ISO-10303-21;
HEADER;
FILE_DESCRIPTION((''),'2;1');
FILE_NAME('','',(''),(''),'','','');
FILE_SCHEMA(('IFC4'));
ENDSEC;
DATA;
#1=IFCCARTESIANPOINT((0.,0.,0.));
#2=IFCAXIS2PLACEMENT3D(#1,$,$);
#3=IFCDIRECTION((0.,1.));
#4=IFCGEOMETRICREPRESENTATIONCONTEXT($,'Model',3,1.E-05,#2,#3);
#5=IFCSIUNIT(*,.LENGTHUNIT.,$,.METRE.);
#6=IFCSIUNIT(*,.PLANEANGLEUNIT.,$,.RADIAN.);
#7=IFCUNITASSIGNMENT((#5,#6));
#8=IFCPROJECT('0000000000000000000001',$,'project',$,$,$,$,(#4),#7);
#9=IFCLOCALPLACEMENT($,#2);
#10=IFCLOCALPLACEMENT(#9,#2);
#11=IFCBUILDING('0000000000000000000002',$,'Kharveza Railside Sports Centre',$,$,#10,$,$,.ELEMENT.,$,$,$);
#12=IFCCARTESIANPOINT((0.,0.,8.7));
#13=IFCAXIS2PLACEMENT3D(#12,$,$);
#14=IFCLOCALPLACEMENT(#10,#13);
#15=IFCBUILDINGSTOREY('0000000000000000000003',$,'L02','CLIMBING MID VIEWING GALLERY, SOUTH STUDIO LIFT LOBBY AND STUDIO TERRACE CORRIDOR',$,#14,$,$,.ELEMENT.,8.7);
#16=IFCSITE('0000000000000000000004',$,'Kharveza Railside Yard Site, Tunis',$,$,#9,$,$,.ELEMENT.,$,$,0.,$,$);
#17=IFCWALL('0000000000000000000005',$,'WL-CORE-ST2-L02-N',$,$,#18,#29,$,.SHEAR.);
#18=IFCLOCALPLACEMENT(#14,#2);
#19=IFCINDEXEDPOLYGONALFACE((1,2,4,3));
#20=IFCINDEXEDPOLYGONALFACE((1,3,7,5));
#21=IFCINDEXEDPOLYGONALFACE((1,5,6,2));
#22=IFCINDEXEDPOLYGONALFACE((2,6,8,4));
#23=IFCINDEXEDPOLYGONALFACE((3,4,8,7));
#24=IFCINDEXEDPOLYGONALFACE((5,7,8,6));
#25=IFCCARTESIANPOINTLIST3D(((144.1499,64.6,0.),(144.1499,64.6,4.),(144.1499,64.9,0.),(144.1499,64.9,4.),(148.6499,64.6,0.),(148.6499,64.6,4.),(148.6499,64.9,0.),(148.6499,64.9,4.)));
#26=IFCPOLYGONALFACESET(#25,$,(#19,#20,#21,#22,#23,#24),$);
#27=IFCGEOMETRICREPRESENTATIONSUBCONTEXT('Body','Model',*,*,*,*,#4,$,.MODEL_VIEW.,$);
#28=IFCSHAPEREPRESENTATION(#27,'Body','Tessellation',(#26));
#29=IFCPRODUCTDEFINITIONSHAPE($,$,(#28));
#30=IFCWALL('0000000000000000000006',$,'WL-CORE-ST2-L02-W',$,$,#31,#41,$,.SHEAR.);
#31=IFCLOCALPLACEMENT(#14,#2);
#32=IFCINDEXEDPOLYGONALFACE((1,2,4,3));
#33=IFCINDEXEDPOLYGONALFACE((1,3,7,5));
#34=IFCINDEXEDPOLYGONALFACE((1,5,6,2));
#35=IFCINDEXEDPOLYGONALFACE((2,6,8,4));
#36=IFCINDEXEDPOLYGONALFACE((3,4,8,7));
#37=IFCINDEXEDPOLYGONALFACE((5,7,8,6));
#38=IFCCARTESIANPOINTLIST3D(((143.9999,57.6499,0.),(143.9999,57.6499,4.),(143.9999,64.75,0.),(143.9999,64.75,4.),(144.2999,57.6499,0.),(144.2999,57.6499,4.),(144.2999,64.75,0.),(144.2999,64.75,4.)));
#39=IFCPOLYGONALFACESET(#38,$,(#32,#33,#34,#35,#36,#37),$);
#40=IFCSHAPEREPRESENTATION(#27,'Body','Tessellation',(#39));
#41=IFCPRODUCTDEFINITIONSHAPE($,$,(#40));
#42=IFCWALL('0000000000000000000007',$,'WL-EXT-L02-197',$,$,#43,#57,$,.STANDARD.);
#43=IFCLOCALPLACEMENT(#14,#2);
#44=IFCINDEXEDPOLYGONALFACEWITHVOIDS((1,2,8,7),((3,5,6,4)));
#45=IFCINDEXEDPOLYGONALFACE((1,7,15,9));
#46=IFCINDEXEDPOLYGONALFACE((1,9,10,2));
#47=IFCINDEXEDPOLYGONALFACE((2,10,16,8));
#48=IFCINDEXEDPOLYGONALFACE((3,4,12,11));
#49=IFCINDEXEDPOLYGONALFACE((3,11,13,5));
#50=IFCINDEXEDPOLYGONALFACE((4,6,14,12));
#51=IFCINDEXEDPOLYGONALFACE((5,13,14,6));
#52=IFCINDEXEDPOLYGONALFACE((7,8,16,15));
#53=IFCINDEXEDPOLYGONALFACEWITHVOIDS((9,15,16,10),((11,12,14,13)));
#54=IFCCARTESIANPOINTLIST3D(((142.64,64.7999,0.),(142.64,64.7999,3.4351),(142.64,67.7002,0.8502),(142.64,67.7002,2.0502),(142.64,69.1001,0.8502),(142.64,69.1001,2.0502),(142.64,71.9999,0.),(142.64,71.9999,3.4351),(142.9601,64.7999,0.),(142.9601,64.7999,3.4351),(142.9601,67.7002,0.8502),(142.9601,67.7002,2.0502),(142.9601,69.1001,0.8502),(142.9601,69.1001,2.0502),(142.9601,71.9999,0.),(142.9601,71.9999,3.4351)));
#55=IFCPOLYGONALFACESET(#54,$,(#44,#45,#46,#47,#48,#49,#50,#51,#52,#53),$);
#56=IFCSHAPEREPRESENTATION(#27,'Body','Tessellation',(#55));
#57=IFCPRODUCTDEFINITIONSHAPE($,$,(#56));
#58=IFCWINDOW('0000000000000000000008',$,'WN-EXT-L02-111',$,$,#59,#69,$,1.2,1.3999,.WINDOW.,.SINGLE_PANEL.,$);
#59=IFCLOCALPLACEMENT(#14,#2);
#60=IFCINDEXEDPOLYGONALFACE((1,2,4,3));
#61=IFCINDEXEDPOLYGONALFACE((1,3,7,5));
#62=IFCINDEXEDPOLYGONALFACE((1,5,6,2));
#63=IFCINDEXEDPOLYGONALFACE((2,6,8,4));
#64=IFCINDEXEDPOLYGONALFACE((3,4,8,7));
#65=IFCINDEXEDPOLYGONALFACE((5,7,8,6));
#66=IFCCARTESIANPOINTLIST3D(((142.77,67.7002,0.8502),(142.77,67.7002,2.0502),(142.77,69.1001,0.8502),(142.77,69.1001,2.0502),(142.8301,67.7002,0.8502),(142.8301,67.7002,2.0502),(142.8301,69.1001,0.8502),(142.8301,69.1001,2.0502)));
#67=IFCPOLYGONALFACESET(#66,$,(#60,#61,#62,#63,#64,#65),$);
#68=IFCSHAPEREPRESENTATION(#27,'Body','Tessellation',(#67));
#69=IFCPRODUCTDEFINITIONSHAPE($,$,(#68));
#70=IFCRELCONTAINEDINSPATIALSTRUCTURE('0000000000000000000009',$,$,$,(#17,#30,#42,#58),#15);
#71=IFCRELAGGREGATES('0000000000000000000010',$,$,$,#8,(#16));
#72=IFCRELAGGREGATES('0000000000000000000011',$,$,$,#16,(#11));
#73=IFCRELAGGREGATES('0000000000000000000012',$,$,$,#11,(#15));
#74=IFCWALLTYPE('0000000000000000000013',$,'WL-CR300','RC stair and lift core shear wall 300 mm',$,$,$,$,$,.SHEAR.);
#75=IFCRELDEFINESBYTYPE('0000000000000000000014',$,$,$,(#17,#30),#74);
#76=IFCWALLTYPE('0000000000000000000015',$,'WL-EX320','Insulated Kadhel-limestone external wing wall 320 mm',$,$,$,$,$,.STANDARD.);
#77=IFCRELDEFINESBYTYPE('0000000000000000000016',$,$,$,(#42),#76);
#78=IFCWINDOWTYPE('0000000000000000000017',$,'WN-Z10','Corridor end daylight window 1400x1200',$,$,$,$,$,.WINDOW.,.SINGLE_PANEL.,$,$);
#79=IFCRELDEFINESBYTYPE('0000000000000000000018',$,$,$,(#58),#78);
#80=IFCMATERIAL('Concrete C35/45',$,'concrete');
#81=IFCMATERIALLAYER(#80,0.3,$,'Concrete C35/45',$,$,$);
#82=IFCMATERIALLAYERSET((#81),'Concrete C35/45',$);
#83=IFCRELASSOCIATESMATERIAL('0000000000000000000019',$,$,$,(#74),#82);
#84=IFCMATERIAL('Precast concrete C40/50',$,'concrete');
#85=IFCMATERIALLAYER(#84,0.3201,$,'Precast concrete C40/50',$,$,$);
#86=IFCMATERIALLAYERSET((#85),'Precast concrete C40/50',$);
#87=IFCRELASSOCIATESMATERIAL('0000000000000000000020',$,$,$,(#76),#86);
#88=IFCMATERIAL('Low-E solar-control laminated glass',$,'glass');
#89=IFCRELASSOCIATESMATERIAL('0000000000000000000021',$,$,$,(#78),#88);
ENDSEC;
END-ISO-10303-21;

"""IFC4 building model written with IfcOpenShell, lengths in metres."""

from ifc_helpers import new_model, si_unit, direction, frame, frame_2d, origin, place, context, subcontext, project, spatial, rectangle, extrude, material, layer, layer_set, type_object, element, fill, save


model = new_model("IFC4")

# Units and contexts
model_context = context("Model", 3, precision=1e-05, world=origin(), true_north=direction((0.0, 1.0)))
body_context = subcontext(model_context, "Body", "Model", "MODEL_VIEW")
ifc_project = project(units=[si_unit("LENGTHUNIT", "METRE"), si_unit("PLANEANGLEUNIT", "RADIAN")], contexts=[model_context])

# Site, building, storey
site_placement = place(None, origin())
site = spatial("IfcSite", under=ifc_project, at=site_placement, Name="Kharveza Railside Yard Site, Tunis", CompositionType="ELEMENT", RefElevation=0.0)
building_placement = place(site_placement, origin())
building = spatial("IfcBuilding", under=site, at=building_placement, Name="Kharveza Railside Sports Centre", CompositionType="ELEMENT")
storey_placement = place(building_placement, frame((0.0, 0.0, 8.7)))
storey = spatial("IfcBuildingStorey", under=building, at=storey_placement, Name="L02", Description="CLIMBING MID VIEWING GALLERY, SOUTH STUDIO LIFT LOBBY AND STUDIO TERRACE CORRIDOR", CompositionType="ELEMENT", Elevation=8.7)

# Shared definitions
ifc_material_1 = material(Name="Low-E solar-control laminated glass", Category="glass")

# Walls
ifc_material_2 = material(Name="Concrete C35/45", Category="concrete")
ifc_layer_1 = layer(ifc_material_2, 0.3, Name="Concrete C35/45")
ifc_layer_set_1 = layer_set([ifc_layer_1], Name="Concrete C35/45")
wall_type_1 = type_object("IfcWallType", Name="WL-CR300", Description="RC stair and lift core shear wall 300 mm", PredefinedType="SHEAR", material=ifc_layer_set_1)
wall_1_placement = place(storey_placement, frame((148.6499, 64.75, 0.0), z_axis=(0.0, 0.0, 1.0), x_axis=(-1.0, 0.0, 0.0)))
element("IfcWall", 1, at=wall_1_placement, inside=storey, type_object=wall_type_1, Name="WL-CORE-ST2-L02-N", PredefinedType="SHEAR", context=body_context, shape_type="SweptSolid", body=[
    extrude(rectangle(XDim=4.5, YDim=0.3, at=frame_2d((2.25, 0.0))), origin(), (0.0, 0.0, 1.0), 4.0),
])
wall_2_placement = place(storey_placement, frame((144.1499, 64.75, 0.0), z_axis=(0.0, 0.0, 1.0), x_axis=(0.0, -1.0, 0.0)))
element("IfcWall", 2, at=wall_2_placement, inside=storey, type_object=wall_type_1, Name="WL-CORE-ST2-L02-W", PredefinedType="SHEAR", context=body_context, shape_type="SweptSolid", body=[
    extrude(rectangle(XDim=7.1001, YDim=0.3, at=frame_2d((3.55, 0.0))), origin(), (0.0, 0.0, 1.0), 4.0),
])

# Wall, opening, window
ifc_material_3 = material(Name="Precast concrete C40/50", Category="concrete")
ifc_layer_2 = layer(ifc_material_3, 0.3201, Name="Precast concrete C40/50")
ifc_layer_set_2 = layer_set([ifc_layer_2], Name="Precast concrete C40/50")
wall_type_2 = type_object("IfcWallType", Name="WL-EX320", Description="Insulated Kadhel-limestone external wing wall 320 mm", PredefinedType="STANDARD", material=ifc_layer_set_2)
wall_3_placement = place(storey_placement, frame((142.8, 72.0, 0.0), z_axis=(0.0, 0.0, 1.0), x_axis=(0.0, -1.0, 0.0)))
wall_3 = element("IfcWall", 3, at=wall_3_placement, inside=storey, type_object=wall_type_2, Name="WL-EXT-L02-197", PredefinedType="STANDARD", context=body_context, shape_type="SweptSolid", body=[
    extrude(rectangle(XDim=7.2, YDim=0.3201, at=frame_2d((3.6001, 0.0))), origin(), (0.0, 0.0, 1.0), 3.4351),
])
opening_placement = place(wall_3_placement, frame((2.8999, 0.0, 0.8501)))
opening = element("IfcOpeningElement", 4, at=opening_placement, cuts=wall_3, PredefinedType="OPENING", context=body_context, shape_type="SweptSolid", body=[
    extrude(rectangle(XDim=1.3999, YDim=1.2, at=frame_2d((0.7, 0.6001))), frame((0.0, 0.1851, 0.0), z_axis=(0.0, -1.0, 0.0), x_axis=(1.0, 0.0, 0.0)), (0.0, 0.0, 1.0), 0.3699),
])
window_type = type_object("IfcWindowType", Name="WN-Z10", Description="Corridor end daylight window 1400x1200", PartitioningType="SINGLE_PANEL", PredefinedType="WINDOW", material=ifc_material_1)
window_placement = place(opening_placement, origin())
window = element("IfcWindow", 5, at=window_placement, inside=storey, type_object=window_type, Name="WN-EXT-L02-111", OverallHeight=1.2, OverallWidth=1.3999, PartitioningType="SINGLE_PANEL", PredefinedType="WINDOW", context=body_context, shape_type="SweptSolid", body=[
    extrude(rectangle(XDim=1.3999, YDim=1.2, at=frame_2d((0.7, 0.6001))), frame((0.0, 0.03, 0.0), z_axis=(0.0, -1.0, 0.0), x_axis=(1.0, 0.0, 0.0)), (0.0, 0.0, 1.0), 0.0601),
])
fill(opening, window)

save(model, "model.ifc")
